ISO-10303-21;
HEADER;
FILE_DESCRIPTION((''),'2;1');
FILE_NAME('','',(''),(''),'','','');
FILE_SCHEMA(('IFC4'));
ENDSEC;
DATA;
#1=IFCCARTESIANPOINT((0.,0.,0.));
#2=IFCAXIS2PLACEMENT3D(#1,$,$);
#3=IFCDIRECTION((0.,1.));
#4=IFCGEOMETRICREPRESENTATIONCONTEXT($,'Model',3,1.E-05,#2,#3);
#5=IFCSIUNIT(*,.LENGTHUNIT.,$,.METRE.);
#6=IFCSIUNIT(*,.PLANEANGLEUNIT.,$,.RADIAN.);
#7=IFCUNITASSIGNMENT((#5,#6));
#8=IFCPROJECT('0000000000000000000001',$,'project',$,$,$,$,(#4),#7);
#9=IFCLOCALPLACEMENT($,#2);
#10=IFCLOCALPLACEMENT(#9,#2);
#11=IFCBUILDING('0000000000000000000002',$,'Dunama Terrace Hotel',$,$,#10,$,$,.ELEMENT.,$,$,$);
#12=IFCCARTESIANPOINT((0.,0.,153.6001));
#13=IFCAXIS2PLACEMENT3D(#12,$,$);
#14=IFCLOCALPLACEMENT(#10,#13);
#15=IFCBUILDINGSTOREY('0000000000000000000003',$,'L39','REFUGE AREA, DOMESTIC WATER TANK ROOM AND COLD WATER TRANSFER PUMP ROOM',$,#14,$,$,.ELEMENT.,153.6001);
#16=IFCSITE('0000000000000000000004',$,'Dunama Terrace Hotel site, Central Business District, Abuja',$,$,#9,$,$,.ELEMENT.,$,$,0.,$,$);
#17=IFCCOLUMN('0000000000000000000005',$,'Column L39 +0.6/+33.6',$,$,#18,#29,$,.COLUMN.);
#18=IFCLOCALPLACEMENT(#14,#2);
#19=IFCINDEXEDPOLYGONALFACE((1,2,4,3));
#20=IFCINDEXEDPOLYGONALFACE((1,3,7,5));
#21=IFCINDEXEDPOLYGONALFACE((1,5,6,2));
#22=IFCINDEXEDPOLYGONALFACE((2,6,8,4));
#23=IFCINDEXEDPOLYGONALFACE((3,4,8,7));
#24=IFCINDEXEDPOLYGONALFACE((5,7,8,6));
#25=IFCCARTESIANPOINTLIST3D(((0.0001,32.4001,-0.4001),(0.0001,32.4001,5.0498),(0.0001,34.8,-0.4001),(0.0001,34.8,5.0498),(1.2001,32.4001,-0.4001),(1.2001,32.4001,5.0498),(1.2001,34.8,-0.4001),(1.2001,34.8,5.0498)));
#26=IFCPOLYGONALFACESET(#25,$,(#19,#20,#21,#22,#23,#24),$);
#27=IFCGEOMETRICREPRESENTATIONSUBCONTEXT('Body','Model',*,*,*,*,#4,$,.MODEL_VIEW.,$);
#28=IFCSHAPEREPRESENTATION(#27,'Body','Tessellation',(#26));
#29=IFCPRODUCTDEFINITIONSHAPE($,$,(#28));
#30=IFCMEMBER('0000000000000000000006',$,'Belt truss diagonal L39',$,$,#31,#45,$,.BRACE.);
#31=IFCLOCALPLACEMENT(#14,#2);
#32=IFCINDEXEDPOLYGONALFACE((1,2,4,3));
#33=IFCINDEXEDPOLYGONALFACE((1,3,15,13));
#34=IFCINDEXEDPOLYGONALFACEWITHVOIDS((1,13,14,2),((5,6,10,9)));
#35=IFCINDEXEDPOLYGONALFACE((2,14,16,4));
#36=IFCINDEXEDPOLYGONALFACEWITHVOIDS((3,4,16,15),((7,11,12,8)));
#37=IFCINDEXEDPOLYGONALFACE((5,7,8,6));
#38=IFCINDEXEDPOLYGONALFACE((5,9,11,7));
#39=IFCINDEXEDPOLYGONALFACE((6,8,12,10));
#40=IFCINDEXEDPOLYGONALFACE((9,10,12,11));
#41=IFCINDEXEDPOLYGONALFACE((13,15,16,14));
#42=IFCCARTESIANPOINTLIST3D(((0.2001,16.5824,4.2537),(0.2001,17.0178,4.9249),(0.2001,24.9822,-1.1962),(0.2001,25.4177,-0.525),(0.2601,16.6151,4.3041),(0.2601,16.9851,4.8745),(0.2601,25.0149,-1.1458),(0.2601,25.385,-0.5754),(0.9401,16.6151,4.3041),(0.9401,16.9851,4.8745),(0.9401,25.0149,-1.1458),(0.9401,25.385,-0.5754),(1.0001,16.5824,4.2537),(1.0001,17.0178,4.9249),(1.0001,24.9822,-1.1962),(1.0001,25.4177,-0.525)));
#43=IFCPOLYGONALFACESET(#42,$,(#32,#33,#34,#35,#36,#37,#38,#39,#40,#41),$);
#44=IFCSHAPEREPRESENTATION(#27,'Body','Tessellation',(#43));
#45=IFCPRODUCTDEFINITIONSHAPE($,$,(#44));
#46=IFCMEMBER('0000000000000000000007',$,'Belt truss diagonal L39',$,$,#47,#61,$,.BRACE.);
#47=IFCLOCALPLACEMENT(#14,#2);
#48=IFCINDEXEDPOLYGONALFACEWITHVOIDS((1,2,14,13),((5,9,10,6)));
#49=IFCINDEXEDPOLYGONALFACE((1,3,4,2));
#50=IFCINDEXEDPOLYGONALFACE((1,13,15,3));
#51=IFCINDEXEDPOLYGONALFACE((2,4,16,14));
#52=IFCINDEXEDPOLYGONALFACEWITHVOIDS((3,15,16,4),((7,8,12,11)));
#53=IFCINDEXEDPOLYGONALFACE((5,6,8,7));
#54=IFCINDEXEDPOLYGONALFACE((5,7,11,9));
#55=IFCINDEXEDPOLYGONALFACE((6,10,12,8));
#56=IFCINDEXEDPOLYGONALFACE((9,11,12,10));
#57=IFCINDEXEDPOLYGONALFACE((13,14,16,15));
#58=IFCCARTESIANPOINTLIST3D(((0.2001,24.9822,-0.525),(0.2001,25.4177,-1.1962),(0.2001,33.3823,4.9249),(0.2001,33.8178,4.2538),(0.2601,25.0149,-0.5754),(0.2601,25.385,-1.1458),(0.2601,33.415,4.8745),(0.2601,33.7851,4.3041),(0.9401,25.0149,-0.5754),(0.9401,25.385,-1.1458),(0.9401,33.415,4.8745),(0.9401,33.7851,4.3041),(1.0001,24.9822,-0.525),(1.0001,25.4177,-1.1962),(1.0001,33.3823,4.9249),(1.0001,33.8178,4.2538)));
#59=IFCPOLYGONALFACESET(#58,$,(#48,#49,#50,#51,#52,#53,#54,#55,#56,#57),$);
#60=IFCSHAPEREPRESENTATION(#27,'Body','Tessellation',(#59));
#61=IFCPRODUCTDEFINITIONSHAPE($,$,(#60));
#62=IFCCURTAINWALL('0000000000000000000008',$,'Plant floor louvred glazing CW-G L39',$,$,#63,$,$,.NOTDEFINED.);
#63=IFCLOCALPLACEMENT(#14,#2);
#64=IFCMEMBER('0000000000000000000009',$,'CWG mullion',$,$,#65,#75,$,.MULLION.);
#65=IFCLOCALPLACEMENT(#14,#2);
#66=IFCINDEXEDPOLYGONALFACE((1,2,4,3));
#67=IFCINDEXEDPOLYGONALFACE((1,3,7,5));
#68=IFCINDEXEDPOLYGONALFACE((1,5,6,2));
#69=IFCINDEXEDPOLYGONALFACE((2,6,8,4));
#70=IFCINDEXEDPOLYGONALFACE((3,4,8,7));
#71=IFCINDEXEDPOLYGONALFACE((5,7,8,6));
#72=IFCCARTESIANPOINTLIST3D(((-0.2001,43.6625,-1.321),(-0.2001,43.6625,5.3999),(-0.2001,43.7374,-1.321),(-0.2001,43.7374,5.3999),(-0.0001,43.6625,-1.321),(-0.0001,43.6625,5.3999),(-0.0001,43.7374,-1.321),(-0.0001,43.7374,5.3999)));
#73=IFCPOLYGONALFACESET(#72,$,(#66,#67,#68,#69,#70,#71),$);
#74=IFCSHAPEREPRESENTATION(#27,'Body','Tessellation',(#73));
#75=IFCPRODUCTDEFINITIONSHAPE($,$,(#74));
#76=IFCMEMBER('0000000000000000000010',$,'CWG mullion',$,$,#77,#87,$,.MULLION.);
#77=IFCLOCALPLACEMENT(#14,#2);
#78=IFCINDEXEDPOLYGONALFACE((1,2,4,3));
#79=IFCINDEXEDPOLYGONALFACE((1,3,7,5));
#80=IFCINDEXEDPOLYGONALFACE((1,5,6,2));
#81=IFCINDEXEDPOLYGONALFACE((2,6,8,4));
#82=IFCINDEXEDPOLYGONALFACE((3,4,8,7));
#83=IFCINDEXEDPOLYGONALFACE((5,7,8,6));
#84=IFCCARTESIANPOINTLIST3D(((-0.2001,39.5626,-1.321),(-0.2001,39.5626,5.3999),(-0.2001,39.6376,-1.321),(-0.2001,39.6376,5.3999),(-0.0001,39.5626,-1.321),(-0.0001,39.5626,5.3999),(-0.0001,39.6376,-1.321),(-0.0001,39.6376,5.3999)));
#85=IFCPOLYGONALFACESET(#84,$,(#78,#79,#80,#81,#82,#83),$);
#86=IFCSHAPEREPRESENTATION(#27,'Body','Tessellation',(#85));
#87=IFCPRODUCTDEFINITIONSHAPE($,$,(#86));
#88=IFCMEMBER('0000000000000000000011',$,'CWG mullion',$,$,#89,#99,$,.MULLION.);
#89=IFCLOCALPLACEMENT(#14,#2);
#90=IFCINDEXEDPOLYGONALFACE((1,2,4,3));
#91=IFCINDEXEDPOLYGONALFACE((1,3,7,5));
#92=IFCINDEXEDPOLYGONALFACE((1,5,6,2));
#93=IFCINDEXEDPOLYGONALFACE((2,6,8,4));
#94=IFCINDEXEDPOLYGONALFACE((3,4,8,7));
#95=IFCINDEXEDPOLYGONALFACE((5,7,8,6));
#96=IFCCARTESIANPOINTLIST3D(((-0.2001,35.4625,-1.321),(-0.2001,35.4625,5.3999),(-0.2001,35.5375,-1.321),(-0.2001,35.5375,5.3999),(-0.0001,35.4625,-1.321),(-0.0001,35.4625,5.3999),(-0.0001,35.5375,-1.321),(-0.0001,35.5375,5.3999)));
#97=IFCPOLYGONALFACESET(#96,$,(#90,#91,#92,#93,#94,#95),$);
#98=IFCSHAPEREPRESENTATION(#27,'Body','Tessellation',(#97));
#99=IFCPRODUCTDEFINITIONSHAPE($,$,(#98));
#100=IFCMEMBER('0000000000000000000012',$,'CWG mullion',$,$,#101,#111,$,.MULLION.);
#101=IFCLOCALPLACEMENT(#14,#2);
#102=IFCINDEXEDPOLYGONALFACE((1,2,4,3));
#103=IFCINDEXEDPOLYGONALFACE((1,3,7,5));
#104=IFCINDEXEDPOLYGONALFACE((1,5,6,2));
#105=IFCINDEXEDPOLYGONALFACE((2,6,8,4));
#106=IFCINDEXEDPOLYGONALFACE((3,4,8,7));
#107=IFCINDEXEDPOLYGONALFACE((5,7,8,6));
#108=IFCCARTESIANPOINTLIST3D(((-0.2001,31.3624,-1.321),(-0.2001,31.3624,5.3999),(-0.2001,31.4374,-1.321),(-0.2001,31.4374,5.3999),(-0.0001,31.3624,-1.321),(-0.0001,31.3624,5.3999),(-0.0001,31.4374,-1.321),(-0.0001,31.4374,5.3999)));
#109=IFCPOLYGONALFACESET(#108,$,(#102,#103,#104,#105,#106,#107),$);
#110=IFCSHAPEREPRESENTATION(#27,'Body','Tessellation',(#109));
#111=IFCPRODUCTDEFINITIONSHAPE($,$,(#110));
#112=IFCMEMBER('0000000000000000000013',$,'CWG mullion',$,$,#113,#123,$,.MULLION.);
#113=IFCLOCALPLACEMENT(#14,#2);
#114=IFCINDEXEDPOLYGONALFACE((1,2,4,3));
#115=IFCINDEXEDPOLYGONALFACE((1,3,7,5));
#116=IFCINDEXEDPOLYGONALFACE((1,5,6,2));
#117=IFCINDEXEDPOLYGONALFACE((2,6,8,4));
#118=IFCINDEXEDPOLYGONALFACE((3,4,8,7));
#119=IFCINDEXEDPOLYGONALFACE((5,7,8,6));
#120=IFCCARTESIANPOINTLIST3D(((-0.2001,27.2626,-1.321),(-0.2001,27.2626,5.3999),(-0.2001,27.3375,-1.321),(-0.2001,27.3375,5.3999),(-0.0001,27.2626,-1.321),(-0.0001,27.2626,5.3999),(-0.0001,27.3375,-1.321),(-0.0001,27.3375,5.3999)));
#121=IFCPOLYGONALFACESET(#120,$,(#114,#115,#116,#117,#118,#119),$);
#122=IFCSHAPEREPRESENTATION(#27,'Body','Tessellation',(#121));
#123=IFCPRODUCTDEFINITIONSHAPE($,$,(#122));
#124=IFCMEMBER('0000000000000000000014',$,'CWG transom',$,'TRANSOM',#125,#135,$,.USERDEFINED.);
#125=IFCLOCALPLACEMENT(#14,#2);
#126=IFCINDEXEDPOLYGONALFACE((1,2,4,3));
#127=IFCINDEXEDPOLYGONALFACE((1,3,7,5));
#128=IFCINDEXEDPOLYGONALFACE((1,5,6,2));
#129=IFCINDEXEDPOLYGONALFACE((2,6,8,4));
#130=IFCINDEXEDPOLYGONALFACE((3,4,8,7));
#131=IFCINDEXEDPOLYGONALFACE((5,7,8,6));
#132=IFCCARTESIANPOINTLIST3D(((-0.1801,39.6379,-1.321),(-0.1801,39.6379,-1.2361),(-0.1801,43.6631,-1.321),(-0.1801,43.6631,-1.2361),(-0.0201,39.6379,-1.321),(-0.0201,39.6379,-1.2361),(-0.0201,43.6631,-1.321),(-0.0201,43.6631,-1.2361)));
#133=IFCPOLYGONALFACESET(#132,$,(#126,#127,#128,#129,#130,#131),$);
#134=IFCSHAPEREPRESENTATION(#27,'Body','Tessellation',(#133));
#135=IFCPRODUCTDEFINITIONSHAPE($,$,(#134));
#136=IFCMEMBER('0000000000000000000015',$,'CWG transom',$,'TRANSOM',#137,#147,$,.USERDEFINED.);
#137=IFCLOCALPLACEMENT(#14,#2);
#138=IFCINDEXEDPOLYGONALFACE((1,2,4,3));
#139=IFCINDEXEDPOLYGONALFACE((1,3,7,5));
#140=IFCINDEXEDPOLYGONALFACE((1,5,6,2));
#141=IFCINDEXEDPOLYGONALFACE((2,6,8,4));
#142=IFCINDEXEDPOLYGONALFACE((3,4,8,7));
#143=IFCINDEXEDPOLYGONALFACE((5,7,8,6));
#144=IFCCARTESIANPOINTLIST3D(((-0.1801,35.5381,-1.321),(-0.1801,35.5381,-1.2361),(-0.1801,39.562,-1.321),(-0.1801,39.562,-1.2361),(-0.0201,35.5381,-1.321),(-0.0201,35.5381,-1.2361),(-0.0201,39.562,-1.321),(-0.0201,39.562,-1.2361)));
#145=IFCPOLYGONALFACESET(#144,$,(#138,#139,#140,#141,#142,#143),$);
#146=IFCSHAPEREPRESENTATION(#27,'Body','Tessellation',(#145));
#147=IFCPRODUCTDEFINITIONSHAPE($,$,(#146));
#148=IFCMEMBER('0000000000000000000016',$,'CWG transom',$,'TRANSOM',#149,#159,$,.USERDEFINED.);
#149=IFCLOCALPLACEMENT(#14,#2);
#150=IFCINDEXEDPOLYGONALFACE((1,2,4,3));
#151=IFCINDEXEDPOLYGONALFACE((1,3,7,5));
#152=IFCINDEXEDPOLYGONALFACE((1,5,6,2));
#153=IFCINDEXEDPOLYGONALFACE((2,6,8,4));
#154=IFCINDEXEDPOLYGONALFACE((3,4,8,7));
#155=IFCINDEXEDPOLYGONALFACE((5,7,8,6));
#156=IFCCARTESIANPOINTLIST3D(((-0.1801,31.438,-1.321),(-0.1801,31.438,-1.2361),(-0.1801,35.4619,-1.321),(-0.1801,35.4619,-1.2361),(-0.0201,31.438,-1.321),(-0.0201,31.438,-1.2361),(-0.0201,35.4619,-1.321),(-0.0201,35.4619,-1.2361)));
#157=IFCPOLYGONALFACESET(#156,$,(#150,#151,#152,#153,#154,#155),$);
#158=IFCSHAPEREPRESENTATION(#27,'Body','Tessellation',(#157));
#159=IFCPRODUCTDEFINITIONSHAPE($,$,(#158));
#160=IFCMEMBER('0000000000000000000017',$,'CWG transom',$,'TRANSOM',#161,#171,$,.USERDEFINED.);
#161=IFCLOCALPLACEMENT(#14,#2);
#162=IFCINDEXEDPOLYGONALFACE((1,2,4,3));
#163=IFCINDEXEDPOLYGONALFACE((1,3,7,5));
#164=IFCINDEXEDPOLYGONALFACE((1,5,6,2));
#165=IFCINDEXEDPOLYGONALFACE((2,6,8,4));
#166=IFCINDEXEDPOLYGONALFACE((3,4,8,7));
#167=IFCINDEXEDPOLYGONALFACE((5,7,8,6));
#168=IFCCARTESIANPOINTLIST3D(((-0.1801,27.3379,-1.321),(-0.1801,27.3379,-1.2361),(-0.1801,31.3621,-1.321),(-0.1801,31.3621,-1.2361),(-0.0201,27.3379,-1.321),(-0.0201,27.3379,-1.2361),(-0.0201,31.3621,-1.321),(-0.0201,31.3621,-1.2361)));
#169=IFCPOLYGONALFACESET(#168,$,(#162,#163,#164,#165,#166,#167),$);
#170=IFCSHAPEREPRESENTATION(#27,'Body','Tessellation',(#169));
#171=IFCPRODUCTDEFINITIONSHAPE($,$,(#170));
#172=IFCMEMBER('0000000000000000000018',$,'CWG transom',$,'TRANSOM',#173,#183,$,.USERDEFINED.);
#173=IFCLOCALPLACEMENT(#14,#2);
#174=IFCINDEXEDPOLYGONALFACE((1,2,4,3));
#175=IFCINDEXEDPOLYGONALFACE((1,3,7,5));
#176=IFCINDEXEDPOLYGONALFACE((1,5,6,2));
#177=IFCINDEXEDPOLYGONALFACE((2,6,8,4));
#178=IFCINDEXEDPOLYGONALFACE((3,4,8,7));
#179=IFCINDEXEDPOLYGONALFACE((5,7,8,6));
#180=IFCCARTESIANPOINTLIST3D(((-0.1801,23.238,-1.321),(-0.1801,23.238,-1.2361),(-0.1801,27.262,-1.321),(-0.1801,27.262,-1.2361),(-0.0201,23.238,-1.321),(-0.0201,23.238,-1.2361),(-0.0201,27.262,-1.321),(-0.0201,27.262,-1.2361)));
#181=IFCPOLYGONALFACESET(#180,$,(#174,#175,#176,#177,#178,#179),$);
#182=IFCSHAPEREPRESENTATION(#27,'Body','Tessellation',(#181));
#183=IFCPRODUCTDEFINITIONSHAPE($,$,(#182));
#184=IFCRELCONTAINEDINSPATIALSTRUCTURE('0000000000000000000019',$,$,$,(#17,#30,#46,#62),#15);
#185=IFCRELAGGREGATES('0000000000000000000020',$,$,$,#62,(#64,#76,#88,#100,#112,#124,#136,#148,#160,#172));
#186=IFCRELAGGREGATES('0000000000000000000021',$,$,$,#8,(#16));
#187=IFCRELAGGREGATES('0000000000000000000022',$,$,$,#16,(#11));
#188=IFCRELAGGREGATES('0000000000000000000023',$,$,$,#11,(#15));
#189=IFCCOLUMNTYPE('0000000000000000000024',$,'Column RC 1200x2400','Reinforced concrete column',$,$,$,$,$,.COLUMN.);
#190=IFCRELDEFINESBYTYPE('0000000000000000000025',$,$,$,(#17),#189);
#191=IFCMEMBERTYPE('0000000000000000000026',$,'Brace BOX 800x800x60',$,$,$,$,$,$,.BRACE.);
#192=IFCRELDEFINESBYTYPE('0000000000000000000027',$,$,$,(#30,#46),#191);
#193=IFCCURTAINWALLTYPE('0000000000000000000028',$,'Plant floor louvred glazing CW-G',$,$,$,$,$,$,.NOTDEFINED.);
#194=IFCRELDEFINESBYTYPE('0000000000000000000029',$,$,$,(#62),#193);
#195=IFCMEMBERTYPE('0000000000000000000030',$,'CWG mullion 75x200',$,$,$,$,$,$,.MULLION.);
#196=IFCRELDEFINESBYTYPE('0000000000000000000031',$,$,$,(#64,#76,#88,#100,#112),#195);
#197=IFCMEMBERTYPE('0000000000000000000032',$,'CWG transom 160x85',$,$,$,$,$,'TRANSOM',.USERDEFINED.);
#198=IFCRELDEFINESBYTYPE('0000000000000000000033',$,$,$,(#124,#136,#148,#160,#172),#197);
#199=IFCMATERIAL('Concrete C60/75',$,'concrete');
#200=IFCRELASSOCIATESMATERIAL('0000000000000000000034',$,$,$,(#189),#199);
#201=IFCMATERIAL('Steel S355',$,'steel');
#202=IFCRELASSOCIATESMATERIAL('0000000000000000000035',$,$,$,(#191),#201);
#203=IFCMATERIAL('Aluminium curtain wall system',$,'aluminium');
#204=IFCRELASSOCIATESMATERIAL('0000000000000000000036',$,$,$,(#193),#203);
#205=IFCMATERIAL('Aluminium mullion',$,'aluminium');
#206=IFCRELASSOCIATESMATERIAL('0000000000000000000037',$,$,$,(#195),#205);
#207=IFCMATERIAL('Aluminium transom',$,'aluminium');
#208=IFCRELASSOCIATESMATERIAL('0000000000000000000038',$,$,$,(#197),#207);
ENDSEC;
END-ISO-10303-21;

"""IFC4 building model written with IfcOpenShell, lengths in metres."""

from ifc_helpers import new_model, si_unit, direction, frame, origin, origin_2d, place, context, subcontext, project, spatial, rectangle, hollow_rectangle, extrude, material, material_profile, profile_set, type_object, element, aggregate, save


model = new_model("IFC4")

# Units and contexts
model_context = context("Model", 3, precision=1e-05, world=origin(), true_north=direction((0.0, 1.0)))
body_context = subcontext(model_context, "Body", "Model", "MODEL_VIEW")
ifc_project = project(units=[si_unit("LENGTHUNIT", "METRE"), si_unit("PLANEANGLEUNIT", "RADIAN")], contexts=[model_context])

# Site, building, storey
site_placement = place(None, origin())
site = spatial("IfcSite", under=ifc_project, at=site_placement, Name="Dunama Terrace Hotel site, Central Business District, Abuja", CompositionType="ELEMENT", RefElevation=0.0)
building_placement = place(site_placement, origin())
building = spatial("IfcBuilding", under=site, at=building_placement, Name="Dunama Terrace Hotel", CompositionType="ELEMENT")
storey_placement = place(building_placement, frame((0.0, 0.0, 153.6001)))
storey = spatial("IfcBuildingStorey", under=building, at=storey_placement, Name="L39", Description="REFUGE AREA, DOMESTIC WATER TANK ROOM AND COLD WATER TRANSFER PUMP ROOM", CompositionType="ELEMENT", Elevation=153.6001)

# Column
ifc_material_1 = material(Name="Concrete C60/75", Category="concrete")
ifc_material_profile_1 = material_profile(ifc_material_1, rectangle(XDim=1.2, YDim=2.3999, at=origin_2d()), Name="RC 1200x2400")
ifc_profile_set_1 = profile_set([ifc_material_profile_1], Name="Concrete C60/75")
column_type = type_object("IfcColumnType", Name="Column RC 1200x2400", Description="Reinforced concrete column", PredefinedType="COLUMN", material=ifc_profile_set_1)
column_placement = place(storey_placement, frame((0.6001, 33.6001, -0.4001), z_axis=(0.0, 0.0, 1.0), x_axis=(1.0, 0.0, 0.0)))
element("IfcColumn", 1, at=column_placement, inside=storey, type_object=column_type, Name="Column L39 +0.6/+33.6", PredefinedType="COLUMN", context=body_context, shape_type="SweptSolid", body=[
    extrude(rectangle(XDim=1.2, YDim=2.3999, at=origin_2d()), origin(), (0.0, 0.0, 1.0), 5.45),
])

# Members
ifc_material_2 = material(Name="Steel S355", Category="steel")
ifc_material_profile_2 = material_profile(ifc_material_2, hollow_rectangle(XDim=0.8, YDim=0.8, WallThickness=0.0601, at=origin_2d()), Name="BOX 800x800x60")
ifc_profile_set_2 = profile_set([ifc_material_profile_2], Name="Steel S355")
member_type_1 = type_object("IfcMemberType", Name="Brace BOX 800x800x60", PredefinedType="BRACE", material=ifc_profile_set_2)
member_1_placement = place(storey_placement, frame((0.6001, 25.2, -0.8606), z_axis=(0.0, -0.838899, 0.544287), x_axis=(1.0, 0.0, 0.0)))
element("IfcMember", 2, at=member_1_placement, inside=storey, type_object=member_type_1, Name="Belt truss diagonal L39", PredefinedType="BRACE", context=body_context, shape_type="SweptSolid", body=[
    extrude(hollow_rectangle(XDim=0.8, YDim=0.8, WallThickness=0.0601, at=origin_2d()), origin(), (0.0, 0.0, 1.0), 10.0129),
])
member_2_placement = place(storey_placement, frame((0.6001, 25.2, -0.8606), z_axis=(0.0, 0.838906, 0.544276), x_axis=(-1.0, 0.0, 0.0)))
element("IfcMember", 3, at=member_2_placement, inside=storey, type_object=member_type_1, Name="Belt truss diagonal L39", PredefinedType="BRACE", context=body_context, shape_type="SweptSolid", body=[
    extrude(hollow_rectangle(XDim=0.8, YDim=0.8, WallThickness=0.0601, at=origin_2d()), origin(), (0.0, 0.0, 1.0), 10.0132),
])

# Curtain wall, members
ifc_material_3 = material(Name="Aluminium curtain wall system", Category="aluminium")
curtain_wall_type = type_object("IfcCurtainWallType", Name="Plant floor louvred glazing CW-G", PredefinedType="NOTDEFINED", material=ifc_material_3)
curtain_wall_placement = place(storey_placement, origin())
curtain_wall = element("IfcCurtainWall", 4, at=curtain_wall_placement, inside=storey, type_object=curtain_wall_type, Name="Plant floor louvred glazing CW-G L39", PredefinedType="NOTDEFINED")
ifc_material_4 = material(Name="Aluminium mullion", Category="aluminium")
ifc_material_profile_3 = material_profile(ifc_material_4, rectangle(XDim=0.075, YDim=0.2, at=origin_2d()), Name="CWG MULLION 75X200")
ifc_profile_set_3 = profile_set([ifc_material_profile_3], Name="Aluminium mullion")
member_type_2 = type_object("IfcMemberType", Name="CWG mullion 75x200", PredefinedType="MULLION", material=ifc_profile_set_3)
member_3_placement = place(storey_placement, frame((-0.1001, 43.7, -1.321), z_axis=(0.0, 0.0, 1.0), x_axis=(0.0, -1.0, 0.0)))
member_3 = element("IfcMember", 5, at=member_3_placement, type_object=member_type_2, Name="CWG mullion", PredefinedType="MULLION", context=body_context, shape_type="SweptSolid", body=[
    extrude(rectangle(XDim=0.075, YDim=0.2, at=origin_2d()), origin(), (0.0, 0.0, 1.0), 6.7209),
])
member_4_placement = place(storey_placement, frame((-0.1001, 39.6001, -1.321), z_axis=(0.0, 0.0, 1.0), x_axis=(0.0, -1.0, 0.0)))
member_4 = element("IfcMember", 6, at=member_4_placement, type_object=member_type_2, Name="CWG mullion", PredefinedType="MULLION", context=body_context, shape_type="SweptSolid", body=[
    extrude(rectangle(XDim=0.075, YDim=0.2, at=origin_2d()), origin(), (0.0, 0.0, 1.0), 6.7209),
])
member_5_placement = place(storey_placement, frame((-0.1001, 35.5, -1.321), z_axis=(0.0, 0.0, 1.0), x_axis=(0.0, -1.0, 0.0)))
member_5 = element("IfcMember", 7, at=member_5_placement, type_object=member_type_2, Name="CWG mullion", PredefinedType="MULLION", context=body_context, shape_type="SweptSolid", body=[
    extrude(rectangle(XDim=0.075, YDim=0.2, at=origin_2d()), origin(), (0.0, 0.0, 1.0), 6.7209),
])
member_6_placement = place(storey_placement, frame((-0.1001, 31.3999, -1.321), z_axis=(0.0, 0.0, 1.0), x_axis=(0.0, -1.0, 0.0)))
member_6 = element("IfcMember", 8, at=member_6_placement, type_object=member_type_2, Name="CWG mullion", PredefinedType="MULLION", context=body_context, shape_type="SweptSolid", body=[
    extrude(rectangle(XDim=0.075, YDim=0.2, at=origin_2d()), origin(), (0.0, 0.0, 1.0), 6.7209),
])
member_7_placement = place(storey_placement, frame((-0.1001, 27.3, -1.321), z_axis=(0.0, 0.0, 1.0), x_axis=(0.0, -1.0, 0.0)))
member_7 = element("IfcMember", 9, at=member_7_placement, type_object=member_type_2, Name="CWG mullion", PredefinedType="MULLION", context=body_context, shape_type="SweptSolid", body=[
    extrude(rectangle(XDim=0.075, YDim=0.2, at=origin_2d()), origin(), (0.0, 0.0, 1.0), 6.7209),
])
ifc_material_5 = material(Name="Aluminium transom", Category="aluminium")
ifc_material_profile_4 = material_profile(ifc_material_5, rectangle(XDim=0.1599, YDim=0.085, at=origin_2d()), Name="CWG TRANSOM 160X85")
ifc_profile_set_4 = profile_set([ifc_material_profile_4], Name="Aluminium transom")
member_type_3 = type_object("IfcMemberType", Name="CWG transom 160x85", ElementType="TRANSOM", PredefinedType="USERDEFINED", material=ifc_profile_set_4)
member_8_placement = place(storey_placement, frame((-0.1001, 43.6631, -1.2786), z_axis=(0.0, -1.0, 0.0), x_axis=(1.0, 0.0, 0.0)))
member_8 = element("IfcMember", 10, at=member_8_placement, type_object=member_type_3, Name="CWG transom", ObjectType="TRANSOM", PredefinedType="USERDEFINED", context=body_context, shape_type="SweptSolid", body=[
    extrude(rectangle(XDim=0.1599, YDim=0.085, at=origin_2d()), origin(), (0.0, 0.0, 1.0), 4.0251),
])
member_9_placement = place(storey_placement, frame((-0.1001, 39.562, -1.2786), z_axis=(0.0, -1.0, 0.0), x_axis=(1.0, 0.0, 0.0)))
member_9 = element("IfcMember", 11, at=member_9_placement, type_object=member_type_3, Name="CWG transom", ObjectType="TRANSOM", PredefinedType="USERDEFINED", context=body_context, shape_type="SweptSolid", body=[
    extrude(rectangle(XDim=0.1599, YDim=0.085, at=origin_2d()), origin(), (0.0, 0.0, 1.0), 4.0239),
])
member_10_placement = place(storey_placement, frame((-0.1001, 35.4619, -1.2786), z_axis=(0.0, -1.0, 0.0), x_axis=(1.0, 0.0, 0.0)))
member_10 = element("IfcMember", 12, at=member_10_placement, type_object=member_type_3, Name="CWG transom", ObjectType="TRANSOM", PredefinedType="USERDEFINED", context=body_context, shape_type="SweptSolid", body=[
    extrude(rectangle(XDim=0.1599, YDim=0.085, at=origin_2d()), origin(), (0.0, 0.0, 1.0), 4.0239),
])
member_11_placement = place(storey_placement, frame((-0.1001, 31.3621, -1.2786), z_axis=(0.0, -1.0, 0.0), x_axis=(1.0, 0.0, 0.0)))
member_11 = element("IfcMember", 13, at=member_11_placement, type_object=member_type_3, Name="CWG transom", ObjectType="TRANSOM", PredefinedType="USERDEFINED", context=body_context, shape_type="SweptSolid", body=[
    extrude(rectangle(XDim=0.1599, YDim=0.085, at=origin_2d()), origin(), (0.0, 0.0, 1.0), 4.0242),
])
member_12_placement = place(storey_placement, frame((-0.1001, 27.262, -1.2786), z_axis=(0.0, -1.0, 0.0), x_axis=(1.0, 0.0, 0.0)))
member_12 = element("IfcMember", 14, at=member_12_placement, type_object=member_type_3, Name="CWG transom", ObjectType="TRANSOM", PredefinedType="USERDEFINED", context=body_context, shape_type="SweptSolid", body=[
    extrude(rectangle(XDim=0.1599, YDim=0.085, at=origin_2d()), origin(), (0.0, 0.0, 1.0), 4.0239),
])

aggregate(curtain_wall, [member_3, member_4, member_5, member_6, member_7, member_8, member_9, member_10, member_11, member_12])

save(model, "model.ifc")
